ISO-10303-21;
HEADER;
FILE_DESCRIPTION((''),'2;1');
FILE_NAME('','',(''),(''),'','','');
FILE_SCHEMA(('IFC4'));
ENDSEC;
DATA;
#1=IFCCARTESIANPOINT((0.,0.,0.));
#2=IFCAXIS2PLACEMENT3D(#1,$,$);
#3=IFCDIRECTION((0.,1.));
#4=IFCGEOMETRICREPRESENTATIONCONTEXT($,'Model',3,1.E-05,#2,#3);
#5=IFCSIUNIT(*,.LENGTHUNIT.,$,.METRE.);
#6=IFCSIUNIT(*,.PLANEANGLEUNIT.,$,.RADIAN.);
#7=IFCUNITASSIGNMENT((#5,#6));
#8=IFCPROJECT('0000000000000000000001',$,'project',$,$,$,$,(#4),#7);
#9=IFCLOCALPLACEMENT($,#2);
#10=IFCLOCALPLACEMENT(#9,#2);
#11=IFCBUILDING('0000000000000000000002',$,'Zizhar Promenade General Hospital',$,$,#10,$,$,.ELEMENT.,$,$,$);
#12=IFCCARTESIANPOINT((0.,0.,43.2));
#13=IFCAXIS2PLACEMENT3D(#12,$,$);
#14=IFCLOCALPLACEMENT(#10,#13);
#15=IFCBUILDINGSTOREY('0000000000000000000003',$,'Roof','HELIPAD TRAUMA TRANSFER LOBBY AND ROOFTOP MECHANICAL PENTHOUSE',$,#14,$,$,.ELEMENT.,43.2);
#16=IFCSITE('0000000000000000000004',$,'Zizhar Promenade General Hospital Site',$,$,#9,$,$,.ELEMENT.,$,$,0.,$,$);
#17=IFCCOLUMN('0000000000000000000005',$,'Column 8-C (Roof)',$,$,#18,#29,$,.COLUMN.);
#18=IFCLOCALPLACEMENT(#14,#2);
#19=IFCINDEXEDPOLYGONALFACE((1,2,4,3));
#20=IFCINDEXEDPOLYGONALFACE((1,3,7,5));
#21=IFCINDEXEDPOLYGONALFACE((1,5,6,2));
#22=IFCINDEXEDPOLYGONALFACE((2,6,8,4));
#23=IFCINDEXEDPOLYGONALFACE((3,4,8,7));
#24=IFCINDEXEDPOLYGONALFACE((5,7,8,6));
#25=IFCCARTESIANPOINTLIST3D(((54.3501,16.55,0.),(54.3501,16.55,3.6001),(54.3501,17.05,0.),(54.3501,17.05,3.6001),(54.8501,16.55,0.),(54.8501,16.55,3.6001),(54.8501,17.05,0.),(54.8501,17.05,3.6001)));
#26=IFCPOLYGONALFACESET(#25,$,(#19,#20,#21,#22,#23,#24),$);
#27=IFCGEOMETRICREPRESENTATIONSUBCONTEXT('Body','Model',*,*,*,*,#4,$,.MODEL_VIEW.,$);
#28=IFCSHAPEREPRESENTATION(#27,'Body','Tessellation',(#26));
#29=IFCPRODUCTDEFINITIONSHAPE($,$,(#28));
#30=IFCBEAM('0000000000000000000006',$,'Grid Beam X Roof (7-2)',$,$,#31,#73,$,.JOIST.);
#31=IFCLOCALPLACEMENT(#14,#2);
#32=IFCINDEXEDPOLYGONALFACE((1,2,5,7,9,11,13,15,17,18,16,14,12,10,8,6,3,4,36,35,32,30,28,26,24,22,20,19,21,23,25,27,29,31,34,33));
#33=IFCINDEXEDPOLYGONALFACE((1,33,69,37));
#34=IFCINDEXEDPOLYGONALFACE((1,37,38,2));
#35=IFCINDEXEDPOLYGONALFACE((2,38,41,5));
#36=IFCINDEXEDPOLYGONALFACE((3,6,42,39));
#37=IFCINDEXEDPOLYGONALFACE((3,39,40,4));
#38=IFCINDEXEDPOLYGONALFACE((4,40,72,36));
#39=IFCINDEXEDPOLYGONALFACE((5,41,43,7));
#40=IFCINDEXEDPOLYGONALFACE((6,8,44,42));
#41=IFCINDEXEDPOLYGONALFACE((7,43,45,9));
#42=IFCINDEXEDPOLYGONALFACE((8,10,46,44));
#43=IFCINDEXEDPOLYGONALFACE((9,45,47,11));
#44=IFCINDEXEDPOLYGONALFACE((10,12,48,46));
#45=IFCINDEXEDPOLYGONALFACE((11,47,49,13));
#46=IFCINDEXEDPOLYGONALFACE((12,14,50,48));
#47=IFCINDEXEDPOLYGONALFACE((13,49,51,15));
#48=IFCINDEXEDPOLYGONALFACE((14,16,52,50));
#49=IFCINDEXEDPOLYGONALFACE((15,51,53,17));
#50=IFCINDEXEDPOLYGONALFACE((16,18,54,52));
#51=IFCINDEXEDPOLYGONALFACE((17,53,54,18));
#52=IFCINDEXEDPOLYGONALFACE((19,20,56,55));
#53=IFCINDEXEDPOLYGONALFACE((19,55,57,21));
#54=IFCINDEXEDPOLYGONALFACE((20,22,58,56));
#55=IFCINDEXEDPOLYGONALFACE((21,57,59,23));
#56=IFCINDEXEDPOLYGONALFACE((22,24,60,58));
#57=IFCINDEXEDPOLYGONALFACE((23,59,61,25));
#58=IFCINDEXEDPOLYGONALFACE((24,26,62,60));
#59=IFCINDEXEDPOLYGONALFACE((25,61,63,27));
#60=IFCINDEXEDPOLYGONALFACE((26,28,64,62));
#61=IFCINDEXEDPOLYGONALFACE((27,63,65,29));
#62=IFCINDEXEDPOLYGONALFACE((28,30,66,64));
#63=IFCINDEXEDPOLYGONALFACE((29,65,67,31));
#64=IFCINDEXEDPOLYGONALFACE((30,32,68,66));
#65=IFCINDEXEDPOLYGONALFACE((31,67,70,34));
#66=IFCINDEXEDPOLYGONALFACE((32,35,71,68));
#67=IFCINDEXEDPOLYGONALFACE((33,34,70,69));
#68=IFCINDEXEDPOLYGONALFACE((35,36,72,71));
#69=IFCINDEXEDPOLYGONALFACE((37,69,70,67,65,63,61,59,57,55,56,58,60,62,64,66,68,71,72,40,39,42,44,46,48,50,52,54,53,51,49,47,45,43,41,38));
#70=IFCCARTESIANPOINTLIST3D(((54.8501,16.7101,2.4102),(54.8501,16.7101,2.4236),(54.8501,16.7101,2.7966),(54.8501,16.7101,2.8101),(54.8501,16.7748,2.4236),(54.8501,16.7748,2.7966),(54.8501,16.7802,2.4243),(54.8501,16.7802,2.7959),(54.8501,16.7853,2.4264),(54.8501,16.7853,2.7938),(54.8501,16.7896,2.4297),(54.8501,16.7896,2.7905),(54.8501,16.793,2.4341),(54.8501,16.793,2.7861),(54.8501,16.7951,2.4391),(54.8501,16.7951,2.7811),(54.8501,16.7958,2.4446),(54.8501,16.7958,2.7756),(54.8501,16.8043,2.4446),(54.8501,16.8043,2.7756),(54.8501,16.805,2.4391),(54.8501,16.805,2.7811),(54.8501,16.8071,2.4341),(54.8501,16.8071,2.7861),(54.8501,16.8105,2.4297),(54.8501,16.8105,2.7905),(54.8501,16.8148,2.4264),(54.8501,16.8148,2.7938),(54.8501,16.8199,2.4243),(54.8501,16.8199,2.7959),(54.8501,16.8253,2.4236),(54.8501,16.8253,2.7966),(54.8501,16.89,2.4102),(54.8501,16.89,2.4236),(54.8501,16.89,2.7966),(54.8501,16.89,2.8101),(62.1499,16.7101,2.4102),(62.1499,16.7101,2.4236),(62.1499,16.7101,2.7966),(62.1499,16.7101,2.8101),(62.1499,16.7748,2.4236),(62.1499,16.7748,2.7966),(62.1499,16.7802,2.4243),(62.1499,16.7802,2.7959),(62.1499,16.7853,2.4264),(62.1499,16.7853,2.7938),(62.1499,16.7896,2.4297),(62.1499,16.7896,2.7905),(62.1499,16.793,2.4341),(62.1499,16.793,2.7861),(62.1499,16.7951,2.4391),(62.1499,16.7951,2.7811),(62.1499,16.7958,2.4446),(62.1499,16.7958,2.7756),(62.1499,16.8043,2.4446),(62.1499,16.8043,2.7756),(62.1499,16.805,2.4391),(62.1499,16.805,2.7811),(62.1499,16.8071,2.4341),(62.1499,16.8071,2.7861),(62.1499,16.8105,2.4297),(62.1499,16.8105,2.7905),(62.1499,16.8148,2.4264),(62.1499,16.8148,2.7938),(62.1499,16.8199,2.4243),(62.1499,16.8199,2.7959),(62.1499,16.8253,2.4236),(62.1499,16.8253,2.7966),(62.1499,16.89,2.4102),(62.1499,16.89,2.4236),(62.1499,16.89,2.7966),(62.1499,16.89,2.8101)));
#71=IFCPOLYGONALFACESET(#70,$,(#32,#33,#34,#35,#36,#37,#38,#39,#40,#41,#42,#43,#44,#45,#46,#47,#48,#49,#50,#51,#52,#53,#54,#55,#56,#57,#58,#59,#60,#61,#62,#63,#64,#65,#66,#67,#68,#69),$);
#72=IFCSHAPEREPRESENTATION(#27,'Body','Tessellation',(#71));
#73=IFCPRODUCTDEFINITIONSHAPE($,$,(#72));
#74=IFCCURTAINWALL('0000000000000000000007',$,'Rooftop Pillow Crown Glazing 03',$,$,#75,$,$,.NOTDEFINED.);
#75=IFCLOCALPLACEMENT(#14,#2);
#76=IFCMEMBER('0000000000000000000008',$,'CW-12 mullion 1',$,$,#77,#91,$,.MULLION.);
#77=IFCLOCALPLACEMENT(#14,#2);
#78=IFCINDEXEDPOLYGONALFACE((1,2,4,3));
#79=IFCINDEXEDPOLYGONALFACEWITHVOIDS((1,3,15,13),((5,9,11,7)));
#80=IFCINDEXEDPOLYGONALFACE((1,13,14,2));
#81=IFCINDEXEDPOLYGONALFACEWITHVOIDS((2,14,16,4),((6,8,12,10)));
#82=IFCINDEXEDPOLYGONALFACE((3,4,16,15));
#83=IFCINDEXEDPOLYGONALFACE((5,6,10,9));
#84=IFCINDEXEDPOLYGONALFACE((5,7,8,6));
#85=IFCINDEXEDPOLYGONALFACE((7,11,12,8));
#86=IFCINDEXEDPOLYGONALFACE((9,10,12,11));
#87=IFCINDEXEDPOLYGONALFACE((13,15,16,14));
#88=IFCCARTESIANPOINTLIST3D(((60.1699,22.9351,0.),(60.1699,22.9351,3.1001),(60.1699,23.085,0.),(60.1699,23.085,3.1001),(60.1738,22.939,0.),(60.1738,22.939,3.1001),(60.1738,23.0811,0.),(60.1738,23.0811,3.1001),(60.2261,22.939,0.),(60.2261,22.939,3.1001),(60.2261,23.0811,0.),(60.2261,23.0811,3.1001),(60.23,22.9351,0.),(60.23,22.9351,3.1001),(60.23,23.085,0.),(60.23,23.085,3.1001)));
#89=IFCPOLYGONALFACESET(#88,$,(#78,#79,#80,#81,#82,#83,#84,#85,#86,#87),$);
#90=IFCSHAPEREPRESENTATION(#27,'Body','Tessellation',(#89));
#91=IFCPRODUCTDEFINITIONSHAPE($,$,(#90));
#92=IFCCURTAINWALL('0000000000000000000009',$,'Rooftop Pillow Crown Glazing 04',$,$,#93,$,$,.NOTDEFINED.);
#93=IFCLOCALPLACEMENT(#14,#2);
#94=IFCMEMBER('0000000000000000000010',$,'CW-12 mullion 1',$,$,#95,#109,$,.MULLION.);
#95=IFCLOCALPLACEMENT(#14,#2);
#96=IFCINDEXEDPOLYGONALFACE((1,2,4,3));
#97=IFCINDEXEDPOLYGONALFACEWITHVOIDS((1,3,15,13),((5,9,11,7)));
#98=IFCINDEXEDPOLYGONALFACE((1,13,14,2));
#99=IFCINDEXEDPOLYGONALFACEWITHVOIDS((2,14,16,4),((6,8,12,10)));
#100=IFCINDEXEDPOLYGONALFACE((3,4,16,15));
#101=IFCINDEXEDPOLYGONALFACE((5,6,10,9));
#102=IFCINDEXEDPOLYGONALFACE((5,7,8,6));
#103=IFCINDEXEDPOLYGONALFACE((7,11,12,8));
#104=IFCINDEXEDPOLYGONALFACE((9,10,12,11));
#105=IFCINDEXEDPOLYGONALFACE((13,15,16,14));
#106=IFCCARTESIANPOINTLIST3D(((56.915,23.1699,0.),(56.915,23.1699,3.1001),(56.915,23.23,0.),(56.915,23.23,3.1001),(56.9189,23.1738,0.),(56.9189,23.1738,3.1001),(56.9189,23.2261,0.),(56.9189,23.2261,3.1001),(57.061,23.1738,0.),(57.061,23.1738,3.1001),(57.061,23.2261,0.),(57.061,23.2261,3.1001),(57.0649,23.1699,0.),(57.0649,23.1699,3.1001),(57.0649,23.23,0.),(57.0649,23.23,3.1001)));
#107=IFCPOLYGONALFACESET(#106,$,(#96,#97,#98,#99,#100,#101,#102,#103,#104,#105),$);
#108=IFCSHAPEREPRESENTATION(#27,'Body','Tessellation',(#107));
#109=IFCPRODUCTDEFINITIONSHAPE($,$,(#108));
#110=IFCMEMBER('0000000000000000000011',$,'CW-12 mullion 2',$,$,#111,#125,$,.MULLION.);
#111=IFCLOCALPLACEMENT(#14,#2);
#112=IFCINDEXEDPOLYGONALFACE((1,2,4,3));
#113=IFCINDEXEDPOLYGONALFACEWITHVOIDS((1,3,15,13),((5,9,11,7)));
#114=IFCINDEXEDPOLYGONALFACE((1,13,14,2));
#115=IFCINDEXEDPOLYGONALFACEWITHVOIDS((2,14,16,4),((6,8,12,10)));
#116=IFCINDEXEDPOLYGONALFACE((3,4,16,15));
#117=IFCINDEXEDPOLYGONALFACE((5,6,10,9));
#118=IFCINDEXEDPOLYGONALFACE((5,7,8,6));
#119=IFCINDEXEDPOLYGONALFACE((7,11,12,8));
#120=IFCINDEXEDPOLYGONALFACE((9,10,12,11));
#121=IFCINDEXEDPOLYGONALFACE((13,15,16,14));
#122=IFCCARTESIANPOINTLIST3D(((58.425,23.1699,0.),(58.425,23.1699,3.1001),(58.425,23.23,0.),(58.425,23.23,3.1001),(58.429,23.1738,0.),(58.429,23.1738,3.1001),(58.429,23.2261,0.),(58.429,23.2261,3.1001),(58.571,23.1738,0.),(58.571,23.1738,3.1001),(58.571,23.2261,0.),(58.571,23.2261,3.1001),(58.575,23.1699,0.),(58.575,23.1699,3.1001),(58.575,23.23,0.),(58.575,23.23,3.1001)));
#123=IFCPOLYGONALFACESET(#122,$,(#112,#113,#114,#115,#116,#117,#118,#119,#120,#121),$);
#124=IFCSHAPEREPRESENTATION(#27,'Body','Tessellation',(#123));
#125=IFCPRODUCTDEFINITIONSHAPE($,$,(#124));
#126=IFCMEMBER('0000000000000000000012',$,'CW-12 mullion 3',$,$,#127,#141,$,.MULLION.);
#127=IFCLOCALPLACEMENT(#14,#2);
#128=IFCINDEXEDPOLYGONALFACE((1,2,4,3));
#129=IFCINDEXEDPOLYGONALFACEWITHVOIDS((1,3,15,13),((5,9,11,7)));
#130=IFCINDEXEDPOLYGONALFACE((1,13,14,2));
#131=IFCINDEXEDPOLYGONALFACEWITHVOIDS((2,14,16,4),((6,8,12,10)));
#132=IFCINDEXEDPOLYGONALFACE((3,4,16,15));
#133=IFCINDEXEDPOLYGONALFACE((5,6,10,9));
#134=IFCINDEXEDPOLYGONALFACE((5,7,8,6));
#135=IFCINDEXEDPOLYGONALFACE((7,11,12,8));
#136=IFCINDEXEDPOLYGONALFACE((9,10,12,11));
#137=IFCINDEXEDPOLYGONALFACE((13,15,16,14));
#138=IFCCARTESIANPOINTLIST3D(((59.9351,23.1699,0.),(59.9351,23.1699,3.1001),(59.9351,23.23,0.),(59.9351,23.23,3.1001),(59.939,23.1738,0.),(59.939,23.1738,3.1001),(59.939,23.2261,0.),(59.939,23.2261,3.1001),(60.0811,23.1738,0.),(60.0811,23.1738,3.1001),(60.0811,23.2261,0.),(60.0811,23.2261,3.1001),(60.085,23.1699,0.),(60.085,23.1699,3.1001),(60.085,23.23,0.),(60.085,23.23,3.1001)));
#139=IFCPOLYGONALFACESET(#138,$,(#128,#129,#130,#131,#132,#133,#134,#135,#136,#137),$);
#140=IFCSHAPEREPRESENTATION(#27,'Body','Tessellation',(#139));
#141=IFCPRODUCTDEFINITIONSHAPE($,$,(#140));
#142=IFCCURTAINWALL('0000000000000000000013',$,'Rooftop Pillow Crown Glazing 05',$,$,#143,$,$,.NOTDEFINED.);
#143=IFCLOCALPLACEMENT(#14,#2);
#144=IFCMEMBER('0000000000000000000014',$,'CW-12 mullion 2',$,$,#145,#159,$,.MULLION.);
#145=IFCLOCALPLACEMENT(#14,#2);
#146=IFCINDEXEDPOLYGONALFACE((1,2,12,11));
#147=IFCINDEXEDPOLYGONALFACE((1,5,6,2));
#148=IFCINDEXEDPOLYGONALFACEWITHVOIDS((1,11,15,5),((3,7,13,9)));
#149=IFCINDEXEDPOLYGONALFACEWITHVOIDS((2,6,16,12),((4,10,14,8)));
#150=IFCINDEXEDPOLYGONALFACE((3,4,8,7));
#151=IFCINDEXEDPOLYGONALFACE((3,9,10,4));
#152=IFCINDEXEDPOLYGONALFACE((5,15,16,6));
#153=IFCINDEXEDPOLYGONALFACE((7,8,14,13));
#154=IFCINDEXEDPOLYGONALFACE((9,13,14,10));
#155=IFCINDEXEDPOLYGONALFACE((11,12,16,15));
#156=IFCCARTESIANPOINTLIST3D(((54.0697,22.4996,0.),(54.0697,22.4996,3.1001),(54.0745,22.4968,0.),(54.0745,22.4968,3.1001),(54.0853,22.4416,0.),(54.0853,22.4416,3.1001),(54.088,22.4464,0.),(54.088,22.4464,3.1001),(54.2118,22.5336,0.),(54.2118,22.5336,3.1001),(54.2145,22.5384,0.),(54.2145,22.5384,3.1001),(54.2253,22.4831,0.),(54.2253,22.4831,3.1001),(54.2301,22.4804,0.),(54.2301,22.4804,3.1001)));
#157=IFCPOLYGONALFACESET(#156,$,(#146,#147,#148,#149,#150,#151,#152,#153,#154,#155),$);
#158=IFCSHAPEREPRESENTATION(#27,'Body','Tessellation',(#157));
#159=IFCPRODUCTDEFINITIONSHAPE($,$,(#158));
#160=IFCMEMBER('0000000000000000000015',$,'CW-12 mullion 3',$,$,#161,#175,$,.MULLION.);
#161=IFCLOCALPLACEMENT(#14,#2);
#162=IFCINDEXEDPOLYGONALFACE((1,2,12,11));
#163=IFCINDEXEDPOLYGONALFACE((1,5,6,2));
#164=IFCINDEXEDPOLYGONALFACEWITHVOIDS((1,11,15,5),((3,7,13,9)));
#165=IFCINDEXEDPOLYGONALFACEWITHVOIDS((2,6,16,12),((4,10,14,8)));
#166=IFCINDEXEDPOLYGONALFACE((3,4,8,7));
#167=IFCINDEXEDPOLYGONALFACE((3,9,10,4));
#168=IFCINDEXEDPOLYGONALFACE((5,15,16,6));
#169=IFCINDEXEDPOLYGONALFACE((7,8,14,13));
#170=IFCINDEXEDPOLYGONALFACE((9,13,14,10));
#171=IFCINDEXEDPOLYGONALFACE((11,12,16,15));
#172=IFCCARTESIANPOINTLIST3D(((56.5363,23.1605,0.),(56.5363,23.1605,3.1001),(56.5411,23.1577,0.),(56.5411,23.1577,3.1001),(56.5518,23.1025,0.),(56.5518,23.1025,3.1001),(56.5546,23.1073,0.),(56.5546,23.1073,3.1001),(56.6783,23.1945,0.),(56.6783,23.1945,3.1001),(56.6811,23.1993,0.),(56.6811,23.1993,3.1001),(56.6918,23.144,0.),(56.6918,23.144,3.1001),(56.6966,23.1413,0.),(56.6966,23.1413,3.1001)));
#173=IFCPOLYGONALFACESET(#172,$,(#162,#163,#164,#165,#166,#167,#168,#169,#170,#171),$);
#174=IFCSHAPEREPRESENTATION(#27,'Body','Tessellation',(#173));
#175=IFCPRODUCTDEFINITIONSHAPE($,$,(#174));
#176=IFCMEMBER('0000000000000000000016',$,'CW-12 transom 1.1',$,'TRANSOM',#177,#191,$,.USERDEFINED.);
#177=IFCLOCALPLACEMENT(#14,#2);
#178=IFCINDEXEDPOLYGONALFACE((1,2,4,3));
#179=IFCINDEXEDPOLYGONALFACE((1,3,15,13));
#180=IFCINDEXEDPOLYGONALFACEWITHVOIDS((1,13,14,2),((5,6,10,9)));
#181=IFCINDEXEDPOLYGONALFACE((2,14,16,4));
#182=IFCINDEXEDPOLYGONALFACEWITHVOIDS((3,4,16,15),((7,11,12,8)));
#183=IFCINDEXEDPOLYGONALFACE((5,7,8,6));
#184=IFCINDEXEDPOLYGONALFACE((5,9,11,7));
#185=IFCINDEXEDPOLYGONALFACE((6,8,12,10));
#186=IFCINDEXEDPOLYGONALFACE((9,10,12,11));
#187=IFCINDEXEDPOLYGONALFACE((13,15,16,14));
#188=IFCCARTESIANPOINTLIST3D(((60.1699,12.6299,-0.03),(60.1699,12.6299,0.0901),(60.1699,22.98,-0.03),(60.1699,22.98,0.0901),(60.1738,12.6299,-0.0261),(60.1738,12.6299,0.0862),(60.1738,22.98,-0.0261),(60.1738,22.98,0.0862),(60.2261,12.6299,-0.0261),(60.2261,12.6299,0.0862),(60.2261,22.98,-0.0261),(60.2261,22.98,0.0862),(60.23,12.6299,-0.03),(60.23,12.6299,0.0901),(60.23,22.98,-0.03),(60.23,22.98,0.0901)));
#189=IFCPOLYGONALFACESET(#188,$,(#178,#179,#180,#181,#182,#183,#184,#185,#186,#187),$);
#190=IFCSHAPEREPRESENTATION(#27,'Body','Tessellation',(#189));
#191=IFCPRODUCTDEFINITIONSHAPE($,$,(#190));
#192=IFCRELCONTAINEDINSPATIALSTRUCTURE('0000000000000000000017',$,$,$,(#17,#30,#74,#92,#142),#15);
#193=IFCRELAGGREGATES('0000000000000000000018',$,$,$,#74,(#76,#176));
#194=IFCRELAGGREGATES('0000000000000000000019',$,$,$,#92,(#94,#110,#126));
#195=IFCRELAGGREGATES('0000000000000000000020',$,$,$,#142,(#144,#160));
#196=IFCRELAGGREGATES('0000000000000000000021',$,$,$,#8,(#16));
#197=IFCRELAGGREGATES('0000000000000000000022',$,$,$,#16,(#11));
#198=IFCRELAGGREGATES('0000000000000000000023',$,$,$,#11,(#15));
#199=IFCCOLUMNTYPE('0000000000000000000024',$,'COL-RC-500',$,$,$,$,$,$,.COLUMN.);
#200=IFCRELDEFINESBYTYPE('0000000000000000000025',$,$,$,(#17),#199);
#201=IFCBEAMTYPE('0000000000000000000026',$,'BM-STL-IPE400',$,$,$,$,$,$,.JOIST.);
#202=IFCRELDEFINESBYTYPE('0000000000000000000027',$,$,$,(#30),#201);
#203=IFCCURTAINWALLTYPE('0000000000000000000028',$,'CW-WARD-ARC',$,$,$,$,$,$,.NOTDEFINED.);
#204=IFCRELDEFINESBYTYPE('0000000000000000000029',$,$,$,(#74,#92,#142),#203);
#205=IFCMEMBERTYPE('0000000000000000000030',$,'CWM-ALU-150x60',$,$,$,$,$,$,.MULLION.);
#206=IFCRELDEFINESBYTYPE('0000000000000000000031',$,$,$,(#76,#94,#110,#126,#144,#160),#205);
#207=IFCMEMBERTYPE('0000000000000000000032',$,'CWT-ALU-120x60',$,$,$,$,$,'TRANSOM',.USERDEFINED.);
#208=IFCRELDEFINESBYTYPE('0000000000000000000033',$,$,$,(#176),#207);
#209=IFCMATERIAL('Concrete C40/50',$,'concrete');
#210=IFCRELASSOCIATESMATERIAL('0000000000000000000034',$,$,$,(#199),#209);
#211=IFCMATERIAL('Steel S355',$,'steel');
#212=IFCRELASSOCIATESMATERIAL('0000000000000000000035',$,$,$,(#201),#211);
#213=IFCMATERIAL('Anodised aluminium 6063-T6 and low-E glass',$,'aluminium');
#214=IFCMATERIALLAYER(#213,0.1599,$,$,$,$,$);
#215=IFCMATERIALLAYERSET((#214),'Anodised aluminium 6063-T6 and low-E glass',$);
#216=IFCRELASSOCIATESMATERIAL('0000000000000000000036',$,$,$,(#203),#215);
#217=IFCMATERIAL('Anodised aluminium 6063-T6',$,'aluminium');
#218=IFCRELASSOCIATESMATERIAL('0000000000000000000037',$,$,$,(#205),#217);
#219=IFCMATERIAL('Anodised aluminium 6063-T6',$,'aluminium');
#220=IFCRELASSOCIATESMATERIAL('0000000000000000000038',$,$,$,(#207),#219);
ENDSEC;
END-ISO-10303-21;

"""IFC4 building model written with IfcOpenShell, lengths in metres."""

from ifc_helpers import new_model, si_unit, direction, frame, origin, origin_2d, place, context, subcontext, project, spatial, rectangle, hollow_rectangle, i_section, extrude, material, layer, layer_set, material_profile, profile_set, type_object, element, aggregate, save


model = new_model("IFC4")

# Units and contexts
model_context = context("Model", 3, precision=1e-05, world=origin(), true_north=direction((0.0, 1.0)))
body_context = subcontext(model_context, "Body", "Model", "MODEL_VIEW")
ifc_project = project(units=[si_unit("LENGTHUNIT", "METRE"), si_unit("PLANEANGLEUNIT", "RADIAN")], contexts=[model_context])

# Site, building, storey
site_placement = place(None, origin())
site = spatial("IfcSite", under=ifc_project, at=site_placement, Name="Zizhar Promenade General Hospital Site", CompositionType="ELEMENT", RefElevation=0.0)
building_placement = place(site_placement, origin())
building = spatial("IfcBuilding", under=site, at=building_placement, Name="Zizhar Promenade General Hospital", CompositionType="ELEMENT")
storey_placement = place(building_placement, frame((0.0, 0.0, 43.2)))
storey = spatial("IfcBuildingStorey", under=building, at=storey_placement, Name="Roof", Description="HELIPAD TRAUMA TRANSFER LOBBY AND ROOFTOP MECHANICAL PENTHOUSE", CompositionType="ELEMENT", Elevation=43.2)

# Column
ifc_material_1 = material(Name="Concrete C40/50", Category="concrete")
ifc_material_profile_1 = material_profile(ifc_material_1, rectangle(XDim=0.5, YDim=0.5, at=origin_2d()))
ifc_profile_set_1 = profile_set([ifc_material_profile_1], Name="Concrete C40/50")
column_type = type_object("IfcColumnType", Name="COL-RC-500", PredefinedType="COLUMN", material=ifc_profile_set_1)
column_placement = place(storey_placement, frame((54.6001, 16.8, 0.0), z_axis=(0.0, 0.0, 1.0), x_axis=(1.0, 0.0, 0.0)))
element("IfcColumn", 1, at=column_placement, inside=storey, type_object=column_type, Name="Column 8-C (Roof)", PredefinedType="COLUMN", context=body_context, shape_type="SweptSolid", body=[
    extrude(rectangle(XDim=0.5, YDim=0.5, at=origin_2d()), origin(), (0.0, 0.0, 1.0), 3.6001),
])

# Beam
ifc_material_2 = material(Name="Steel S355", Category="steel")
ifc_material_profile_2 = material_profile(ifc_material_2, i_section(OverallWidth=0.1799, OverallDepth=0.3999, WebThickness=0.0085, FlangeThickness=0.0134, FilletRadius=0.021, at=origin_2d()))
ifc_profile_set_2 = profile_set([ifc_material_profile_2], Name="Steel S355")
beam_type = type_object("IfcBeamType", Name="BM-STL-IPE400", PredefinedType="JOIST", material=ifc_profile_set_2)
beam_placement = place(storey_placement, frame((54.8501, 16.8, 2.6101), z_axis=(1.0, 0.0, 0.0), x_axis=(0.0, 1.0, 0.0)))
element("IfcBeam", 2, at=beam_placement, inside=storey, type_object=beam_type, Name="Grid Beam X Roof (7-2)", PredefinedType="JOIST", context=body_context, shape_type="SweptSolid", body=[
    extrude(i_section(OverallWidth=0.1799, OverallDepth=0.3999, WebThickness=0.0085, FlangeThickness=0.0134, FilletRadius=0.021, at=origin_2d()), origin(), (0.0, 0.0, 1.0), 7.2998),
])

# Curtain wall, member
ifc_material_3 = material(Name="Anodised aluminium 6063-T6 and low-E glass", Category="aluminium")
ifc_layer_1 = layer(ifc_material_3, 0.1599)
ifc_layer_set_1 = layer_set([ifc_layer_1], Name="Anodised aluminium 6063-T6 and low-E glass")
curtain_wall_type = type_object("IfcCurtainWallType", Name="CW-WARD-ARC", PredefinedType="NOTDEFINED", material=ifc_layer_set_1)
curtain_wall_1_placement = place(storey_placement, origin())
curtain_wall_1 = element("IfcCurtainWall", 3, at=curtain_wall_1_placement, inside=storey, type_object=curtain_wall_type, Name="Rooftop Pillow Crown Glazing 03", PredefinedType="NOTDEFINED")
ifc_material_4 = material(Name="Anodised aluminium 6063-T6", Category="aluminium")
ifc_material_profile_3 = material_profile(ifc_material_4, hollow_rectangle(XDim=0.0601, YDim=0.1499, WallThickness=0.0039, at=origin_2d()))
ifc_profile_set_3 = profile_set([ifc_material_profile_3], Name="Anodised aluminium 6063-T6")
member_type_1 = type_object("IfcMemberType", Name="CWM-ALU-150x60", PredefinedType="MULLION", material=ifc_profile_set_3)
member_1_placement = place(storey_placement, frame((60.2, 23.01, 0.0), z_axis=(0.0, 0.0, 1.0), x_axis=(1.0, 0.0, 0.0)))
member_1 = element("IfcMember", 4, at=member_1_placement, type_object=member_type_1, Name="CW-12 mullion 1", PredefinedType="MULLION", context=body_context, shape_type="SweptSolid", body=[
    extrude(hollow_rectangle(XDim=0.0601, YDim=0.1499, WallThickness=0.0039, at=origin_2d()), origin(), (0.0, 0.0, 1.0), 3.1001),
])

# Curtain walls, members
curtain_wall_2_placement = place(storey_placement, origin())
curtain_wall_2 = element("IfcCurtainWall", 5, at=curtain_wall_2_placement, inside=storey, type_object=curtain_wall_type, Name="Rooftop Pillow Crown Glazing 04", PredefinedType="NOTDEFINED")
member_2_placement = place(storey_placement, frame((56.99, 23.2, 0.0), z_axis=(0.0, 0.0, 1.0), x_axis=(0.0, 1.0, 0.0)))
member_2 = element("IfcMember", 6, at=member_2_placement, type_object=member_type_1, Name="CW-12 mullion 1", PredefinedType="MULLION", context=body_context, shape_type="SweptSolid", body=[
    extrude(hollow_rectangle(XDim=0.0601, YDim=0.1499, WallThickness=0.0039, at=origin_2d()), origin(), (0.0, 0.0, 1.0), 3.1001),
])
member_3_placement = place(storey_placement, frame((58.5, 23.2, 0.0), z_axis=(0.0, 0.0, 1.0), x_axis=(0.0, 1.0, 0.0)))
member_3 = element("IfcMember", 7, at=member_3_placement, type_object=member_type_1, Name="CW-12 mullion 2", PredefinedType="MULLION", context=body_context, shape_type="SweptSolid", body=[
    extrude(hollow_rectangle(XDim=0.0601, YDim=0.1499, WallThickness=0.0039, at=origin_2d()), origin(), (0.0, 0.0, 1.0), 3.1001),
])
member_4_placement = place(storey_placement, frame((60.01, 23.2, 0.0), z_axis=(0.0, 0.0, 1.0), x_axis=(0.0, 1.0, 0.0)))
member_4 = element("IfcMember", 8, at=member_4_placement, type_object=member_type_1, Name="CW-12 mullion 3", PredefinedType="MULLION", context=body_context, shape_type="SweptSolid", body=[
    extrude(hollow_rectangle(XDim=0.0601, YDim=0.1499, WallThickness=0.0039, at=origin_2d()), origin(), (0.0, 0.0, 1.0), 3.1001),
])
curtain_wall_3_placement = place(storey_placement, origin())
curtain_wall_3 = element("IfcCurtainWall", 9, at=curtain_wall_3_placement, inside=storey, type_object=curtain_wall_type, Name="Rooftop Pillow Crown Glazing 05", PredefinedType="NOTDEFINED")
member_5_placement = place(storey_placement, frame((54.1499, 22.49, 0.0), z_axis=(0.0, 0.0, 1.0), x_axis=(-0.258813, 0.965927, 0.0)))
member_5 = element("IfcMember", 10, at=member_5_placement, type_object=member_type_1, Name="CW-12 mullion 2", PredefinedType="MULLION", context=body_context, shape_type="SweptSolid", body=[
    extrude(hollow_rectangle(XDim=0.0601, YDim=0.1499, WallThickness=0.0039, at=origin_2d()), origin(), (0.0, 0.0, 1.0), 3.1001),
])
member_6_placement = place(storey_placement, frame((56.6165, 23.1509, 0.0), z_axis=(0.0, 0.0, 1.0), x_axis=(-0.258813, 0.965927, 0.0)))
member_6 = element("IfcMember", 11, at=member_6_placement, type_object=member_type_1, Name="CW-12 mullion 3", PredefinedType="MULLION", context=body_context, shape_type="SweptSolid", body=[
    extrude(hollow_rectangle(XDim=0.0601, YDim=0.1499, WallThickness=0.0039, at=origin_2d()), origin(), (0.0, 0.0, 1.0), 3.1001),
])

# Member
ifc_material_5 = material(Name="Anodised aluminium 6063-T6", Category="aluminium")
ifc_material_profile_4 = material_profile(ifc_material_5, hollow_rectangle(XDim=0.0601, YDim=0.1201, WallThickness=0.0039, at=origin_2d()))
ifc_profile_set_4 = profile_set([ifc_material_profile_4], Name="Anodised aluminium 6063-T6")
member_type_2 = type_object("IfcMemberType", Name="CWT-ALU-120x60", ElementType="TRANSOM", PredefinedType="USERDEFINED", material=ifc_profile_set_4)
member_7_placement = place(storey_placement, frame((60.2, 22.98, 0.03), z_axis=(0.0, -1.0, 0.0), x_axis=(1.0, 0.0, 0.0)))
member_7 = element("IfcMember", 12, at=member_7_placement, type_object=member_type_2, Name="CW-12 transom 1.1", ObjectType="TRANSOM", PredefinedType="USERDEFINED", context=body_context, shape_type="SweptSolid", body=[
    extrude(hollow_rectangle(XDim=0.0601, YDim=0.1201, WallThickness=0.0039, at=origin_2d()), origin(), (0.0, 0.0, 1.0), 10.3501),
])

aggregate(curtain_wall_1, [member_1, member_7])
aggregate(curtain_wall_2, [member_2, member_3, member_4])
aggregate(curtain_wall_3, [member_5, member_6])

save(model, "model.ifc")
